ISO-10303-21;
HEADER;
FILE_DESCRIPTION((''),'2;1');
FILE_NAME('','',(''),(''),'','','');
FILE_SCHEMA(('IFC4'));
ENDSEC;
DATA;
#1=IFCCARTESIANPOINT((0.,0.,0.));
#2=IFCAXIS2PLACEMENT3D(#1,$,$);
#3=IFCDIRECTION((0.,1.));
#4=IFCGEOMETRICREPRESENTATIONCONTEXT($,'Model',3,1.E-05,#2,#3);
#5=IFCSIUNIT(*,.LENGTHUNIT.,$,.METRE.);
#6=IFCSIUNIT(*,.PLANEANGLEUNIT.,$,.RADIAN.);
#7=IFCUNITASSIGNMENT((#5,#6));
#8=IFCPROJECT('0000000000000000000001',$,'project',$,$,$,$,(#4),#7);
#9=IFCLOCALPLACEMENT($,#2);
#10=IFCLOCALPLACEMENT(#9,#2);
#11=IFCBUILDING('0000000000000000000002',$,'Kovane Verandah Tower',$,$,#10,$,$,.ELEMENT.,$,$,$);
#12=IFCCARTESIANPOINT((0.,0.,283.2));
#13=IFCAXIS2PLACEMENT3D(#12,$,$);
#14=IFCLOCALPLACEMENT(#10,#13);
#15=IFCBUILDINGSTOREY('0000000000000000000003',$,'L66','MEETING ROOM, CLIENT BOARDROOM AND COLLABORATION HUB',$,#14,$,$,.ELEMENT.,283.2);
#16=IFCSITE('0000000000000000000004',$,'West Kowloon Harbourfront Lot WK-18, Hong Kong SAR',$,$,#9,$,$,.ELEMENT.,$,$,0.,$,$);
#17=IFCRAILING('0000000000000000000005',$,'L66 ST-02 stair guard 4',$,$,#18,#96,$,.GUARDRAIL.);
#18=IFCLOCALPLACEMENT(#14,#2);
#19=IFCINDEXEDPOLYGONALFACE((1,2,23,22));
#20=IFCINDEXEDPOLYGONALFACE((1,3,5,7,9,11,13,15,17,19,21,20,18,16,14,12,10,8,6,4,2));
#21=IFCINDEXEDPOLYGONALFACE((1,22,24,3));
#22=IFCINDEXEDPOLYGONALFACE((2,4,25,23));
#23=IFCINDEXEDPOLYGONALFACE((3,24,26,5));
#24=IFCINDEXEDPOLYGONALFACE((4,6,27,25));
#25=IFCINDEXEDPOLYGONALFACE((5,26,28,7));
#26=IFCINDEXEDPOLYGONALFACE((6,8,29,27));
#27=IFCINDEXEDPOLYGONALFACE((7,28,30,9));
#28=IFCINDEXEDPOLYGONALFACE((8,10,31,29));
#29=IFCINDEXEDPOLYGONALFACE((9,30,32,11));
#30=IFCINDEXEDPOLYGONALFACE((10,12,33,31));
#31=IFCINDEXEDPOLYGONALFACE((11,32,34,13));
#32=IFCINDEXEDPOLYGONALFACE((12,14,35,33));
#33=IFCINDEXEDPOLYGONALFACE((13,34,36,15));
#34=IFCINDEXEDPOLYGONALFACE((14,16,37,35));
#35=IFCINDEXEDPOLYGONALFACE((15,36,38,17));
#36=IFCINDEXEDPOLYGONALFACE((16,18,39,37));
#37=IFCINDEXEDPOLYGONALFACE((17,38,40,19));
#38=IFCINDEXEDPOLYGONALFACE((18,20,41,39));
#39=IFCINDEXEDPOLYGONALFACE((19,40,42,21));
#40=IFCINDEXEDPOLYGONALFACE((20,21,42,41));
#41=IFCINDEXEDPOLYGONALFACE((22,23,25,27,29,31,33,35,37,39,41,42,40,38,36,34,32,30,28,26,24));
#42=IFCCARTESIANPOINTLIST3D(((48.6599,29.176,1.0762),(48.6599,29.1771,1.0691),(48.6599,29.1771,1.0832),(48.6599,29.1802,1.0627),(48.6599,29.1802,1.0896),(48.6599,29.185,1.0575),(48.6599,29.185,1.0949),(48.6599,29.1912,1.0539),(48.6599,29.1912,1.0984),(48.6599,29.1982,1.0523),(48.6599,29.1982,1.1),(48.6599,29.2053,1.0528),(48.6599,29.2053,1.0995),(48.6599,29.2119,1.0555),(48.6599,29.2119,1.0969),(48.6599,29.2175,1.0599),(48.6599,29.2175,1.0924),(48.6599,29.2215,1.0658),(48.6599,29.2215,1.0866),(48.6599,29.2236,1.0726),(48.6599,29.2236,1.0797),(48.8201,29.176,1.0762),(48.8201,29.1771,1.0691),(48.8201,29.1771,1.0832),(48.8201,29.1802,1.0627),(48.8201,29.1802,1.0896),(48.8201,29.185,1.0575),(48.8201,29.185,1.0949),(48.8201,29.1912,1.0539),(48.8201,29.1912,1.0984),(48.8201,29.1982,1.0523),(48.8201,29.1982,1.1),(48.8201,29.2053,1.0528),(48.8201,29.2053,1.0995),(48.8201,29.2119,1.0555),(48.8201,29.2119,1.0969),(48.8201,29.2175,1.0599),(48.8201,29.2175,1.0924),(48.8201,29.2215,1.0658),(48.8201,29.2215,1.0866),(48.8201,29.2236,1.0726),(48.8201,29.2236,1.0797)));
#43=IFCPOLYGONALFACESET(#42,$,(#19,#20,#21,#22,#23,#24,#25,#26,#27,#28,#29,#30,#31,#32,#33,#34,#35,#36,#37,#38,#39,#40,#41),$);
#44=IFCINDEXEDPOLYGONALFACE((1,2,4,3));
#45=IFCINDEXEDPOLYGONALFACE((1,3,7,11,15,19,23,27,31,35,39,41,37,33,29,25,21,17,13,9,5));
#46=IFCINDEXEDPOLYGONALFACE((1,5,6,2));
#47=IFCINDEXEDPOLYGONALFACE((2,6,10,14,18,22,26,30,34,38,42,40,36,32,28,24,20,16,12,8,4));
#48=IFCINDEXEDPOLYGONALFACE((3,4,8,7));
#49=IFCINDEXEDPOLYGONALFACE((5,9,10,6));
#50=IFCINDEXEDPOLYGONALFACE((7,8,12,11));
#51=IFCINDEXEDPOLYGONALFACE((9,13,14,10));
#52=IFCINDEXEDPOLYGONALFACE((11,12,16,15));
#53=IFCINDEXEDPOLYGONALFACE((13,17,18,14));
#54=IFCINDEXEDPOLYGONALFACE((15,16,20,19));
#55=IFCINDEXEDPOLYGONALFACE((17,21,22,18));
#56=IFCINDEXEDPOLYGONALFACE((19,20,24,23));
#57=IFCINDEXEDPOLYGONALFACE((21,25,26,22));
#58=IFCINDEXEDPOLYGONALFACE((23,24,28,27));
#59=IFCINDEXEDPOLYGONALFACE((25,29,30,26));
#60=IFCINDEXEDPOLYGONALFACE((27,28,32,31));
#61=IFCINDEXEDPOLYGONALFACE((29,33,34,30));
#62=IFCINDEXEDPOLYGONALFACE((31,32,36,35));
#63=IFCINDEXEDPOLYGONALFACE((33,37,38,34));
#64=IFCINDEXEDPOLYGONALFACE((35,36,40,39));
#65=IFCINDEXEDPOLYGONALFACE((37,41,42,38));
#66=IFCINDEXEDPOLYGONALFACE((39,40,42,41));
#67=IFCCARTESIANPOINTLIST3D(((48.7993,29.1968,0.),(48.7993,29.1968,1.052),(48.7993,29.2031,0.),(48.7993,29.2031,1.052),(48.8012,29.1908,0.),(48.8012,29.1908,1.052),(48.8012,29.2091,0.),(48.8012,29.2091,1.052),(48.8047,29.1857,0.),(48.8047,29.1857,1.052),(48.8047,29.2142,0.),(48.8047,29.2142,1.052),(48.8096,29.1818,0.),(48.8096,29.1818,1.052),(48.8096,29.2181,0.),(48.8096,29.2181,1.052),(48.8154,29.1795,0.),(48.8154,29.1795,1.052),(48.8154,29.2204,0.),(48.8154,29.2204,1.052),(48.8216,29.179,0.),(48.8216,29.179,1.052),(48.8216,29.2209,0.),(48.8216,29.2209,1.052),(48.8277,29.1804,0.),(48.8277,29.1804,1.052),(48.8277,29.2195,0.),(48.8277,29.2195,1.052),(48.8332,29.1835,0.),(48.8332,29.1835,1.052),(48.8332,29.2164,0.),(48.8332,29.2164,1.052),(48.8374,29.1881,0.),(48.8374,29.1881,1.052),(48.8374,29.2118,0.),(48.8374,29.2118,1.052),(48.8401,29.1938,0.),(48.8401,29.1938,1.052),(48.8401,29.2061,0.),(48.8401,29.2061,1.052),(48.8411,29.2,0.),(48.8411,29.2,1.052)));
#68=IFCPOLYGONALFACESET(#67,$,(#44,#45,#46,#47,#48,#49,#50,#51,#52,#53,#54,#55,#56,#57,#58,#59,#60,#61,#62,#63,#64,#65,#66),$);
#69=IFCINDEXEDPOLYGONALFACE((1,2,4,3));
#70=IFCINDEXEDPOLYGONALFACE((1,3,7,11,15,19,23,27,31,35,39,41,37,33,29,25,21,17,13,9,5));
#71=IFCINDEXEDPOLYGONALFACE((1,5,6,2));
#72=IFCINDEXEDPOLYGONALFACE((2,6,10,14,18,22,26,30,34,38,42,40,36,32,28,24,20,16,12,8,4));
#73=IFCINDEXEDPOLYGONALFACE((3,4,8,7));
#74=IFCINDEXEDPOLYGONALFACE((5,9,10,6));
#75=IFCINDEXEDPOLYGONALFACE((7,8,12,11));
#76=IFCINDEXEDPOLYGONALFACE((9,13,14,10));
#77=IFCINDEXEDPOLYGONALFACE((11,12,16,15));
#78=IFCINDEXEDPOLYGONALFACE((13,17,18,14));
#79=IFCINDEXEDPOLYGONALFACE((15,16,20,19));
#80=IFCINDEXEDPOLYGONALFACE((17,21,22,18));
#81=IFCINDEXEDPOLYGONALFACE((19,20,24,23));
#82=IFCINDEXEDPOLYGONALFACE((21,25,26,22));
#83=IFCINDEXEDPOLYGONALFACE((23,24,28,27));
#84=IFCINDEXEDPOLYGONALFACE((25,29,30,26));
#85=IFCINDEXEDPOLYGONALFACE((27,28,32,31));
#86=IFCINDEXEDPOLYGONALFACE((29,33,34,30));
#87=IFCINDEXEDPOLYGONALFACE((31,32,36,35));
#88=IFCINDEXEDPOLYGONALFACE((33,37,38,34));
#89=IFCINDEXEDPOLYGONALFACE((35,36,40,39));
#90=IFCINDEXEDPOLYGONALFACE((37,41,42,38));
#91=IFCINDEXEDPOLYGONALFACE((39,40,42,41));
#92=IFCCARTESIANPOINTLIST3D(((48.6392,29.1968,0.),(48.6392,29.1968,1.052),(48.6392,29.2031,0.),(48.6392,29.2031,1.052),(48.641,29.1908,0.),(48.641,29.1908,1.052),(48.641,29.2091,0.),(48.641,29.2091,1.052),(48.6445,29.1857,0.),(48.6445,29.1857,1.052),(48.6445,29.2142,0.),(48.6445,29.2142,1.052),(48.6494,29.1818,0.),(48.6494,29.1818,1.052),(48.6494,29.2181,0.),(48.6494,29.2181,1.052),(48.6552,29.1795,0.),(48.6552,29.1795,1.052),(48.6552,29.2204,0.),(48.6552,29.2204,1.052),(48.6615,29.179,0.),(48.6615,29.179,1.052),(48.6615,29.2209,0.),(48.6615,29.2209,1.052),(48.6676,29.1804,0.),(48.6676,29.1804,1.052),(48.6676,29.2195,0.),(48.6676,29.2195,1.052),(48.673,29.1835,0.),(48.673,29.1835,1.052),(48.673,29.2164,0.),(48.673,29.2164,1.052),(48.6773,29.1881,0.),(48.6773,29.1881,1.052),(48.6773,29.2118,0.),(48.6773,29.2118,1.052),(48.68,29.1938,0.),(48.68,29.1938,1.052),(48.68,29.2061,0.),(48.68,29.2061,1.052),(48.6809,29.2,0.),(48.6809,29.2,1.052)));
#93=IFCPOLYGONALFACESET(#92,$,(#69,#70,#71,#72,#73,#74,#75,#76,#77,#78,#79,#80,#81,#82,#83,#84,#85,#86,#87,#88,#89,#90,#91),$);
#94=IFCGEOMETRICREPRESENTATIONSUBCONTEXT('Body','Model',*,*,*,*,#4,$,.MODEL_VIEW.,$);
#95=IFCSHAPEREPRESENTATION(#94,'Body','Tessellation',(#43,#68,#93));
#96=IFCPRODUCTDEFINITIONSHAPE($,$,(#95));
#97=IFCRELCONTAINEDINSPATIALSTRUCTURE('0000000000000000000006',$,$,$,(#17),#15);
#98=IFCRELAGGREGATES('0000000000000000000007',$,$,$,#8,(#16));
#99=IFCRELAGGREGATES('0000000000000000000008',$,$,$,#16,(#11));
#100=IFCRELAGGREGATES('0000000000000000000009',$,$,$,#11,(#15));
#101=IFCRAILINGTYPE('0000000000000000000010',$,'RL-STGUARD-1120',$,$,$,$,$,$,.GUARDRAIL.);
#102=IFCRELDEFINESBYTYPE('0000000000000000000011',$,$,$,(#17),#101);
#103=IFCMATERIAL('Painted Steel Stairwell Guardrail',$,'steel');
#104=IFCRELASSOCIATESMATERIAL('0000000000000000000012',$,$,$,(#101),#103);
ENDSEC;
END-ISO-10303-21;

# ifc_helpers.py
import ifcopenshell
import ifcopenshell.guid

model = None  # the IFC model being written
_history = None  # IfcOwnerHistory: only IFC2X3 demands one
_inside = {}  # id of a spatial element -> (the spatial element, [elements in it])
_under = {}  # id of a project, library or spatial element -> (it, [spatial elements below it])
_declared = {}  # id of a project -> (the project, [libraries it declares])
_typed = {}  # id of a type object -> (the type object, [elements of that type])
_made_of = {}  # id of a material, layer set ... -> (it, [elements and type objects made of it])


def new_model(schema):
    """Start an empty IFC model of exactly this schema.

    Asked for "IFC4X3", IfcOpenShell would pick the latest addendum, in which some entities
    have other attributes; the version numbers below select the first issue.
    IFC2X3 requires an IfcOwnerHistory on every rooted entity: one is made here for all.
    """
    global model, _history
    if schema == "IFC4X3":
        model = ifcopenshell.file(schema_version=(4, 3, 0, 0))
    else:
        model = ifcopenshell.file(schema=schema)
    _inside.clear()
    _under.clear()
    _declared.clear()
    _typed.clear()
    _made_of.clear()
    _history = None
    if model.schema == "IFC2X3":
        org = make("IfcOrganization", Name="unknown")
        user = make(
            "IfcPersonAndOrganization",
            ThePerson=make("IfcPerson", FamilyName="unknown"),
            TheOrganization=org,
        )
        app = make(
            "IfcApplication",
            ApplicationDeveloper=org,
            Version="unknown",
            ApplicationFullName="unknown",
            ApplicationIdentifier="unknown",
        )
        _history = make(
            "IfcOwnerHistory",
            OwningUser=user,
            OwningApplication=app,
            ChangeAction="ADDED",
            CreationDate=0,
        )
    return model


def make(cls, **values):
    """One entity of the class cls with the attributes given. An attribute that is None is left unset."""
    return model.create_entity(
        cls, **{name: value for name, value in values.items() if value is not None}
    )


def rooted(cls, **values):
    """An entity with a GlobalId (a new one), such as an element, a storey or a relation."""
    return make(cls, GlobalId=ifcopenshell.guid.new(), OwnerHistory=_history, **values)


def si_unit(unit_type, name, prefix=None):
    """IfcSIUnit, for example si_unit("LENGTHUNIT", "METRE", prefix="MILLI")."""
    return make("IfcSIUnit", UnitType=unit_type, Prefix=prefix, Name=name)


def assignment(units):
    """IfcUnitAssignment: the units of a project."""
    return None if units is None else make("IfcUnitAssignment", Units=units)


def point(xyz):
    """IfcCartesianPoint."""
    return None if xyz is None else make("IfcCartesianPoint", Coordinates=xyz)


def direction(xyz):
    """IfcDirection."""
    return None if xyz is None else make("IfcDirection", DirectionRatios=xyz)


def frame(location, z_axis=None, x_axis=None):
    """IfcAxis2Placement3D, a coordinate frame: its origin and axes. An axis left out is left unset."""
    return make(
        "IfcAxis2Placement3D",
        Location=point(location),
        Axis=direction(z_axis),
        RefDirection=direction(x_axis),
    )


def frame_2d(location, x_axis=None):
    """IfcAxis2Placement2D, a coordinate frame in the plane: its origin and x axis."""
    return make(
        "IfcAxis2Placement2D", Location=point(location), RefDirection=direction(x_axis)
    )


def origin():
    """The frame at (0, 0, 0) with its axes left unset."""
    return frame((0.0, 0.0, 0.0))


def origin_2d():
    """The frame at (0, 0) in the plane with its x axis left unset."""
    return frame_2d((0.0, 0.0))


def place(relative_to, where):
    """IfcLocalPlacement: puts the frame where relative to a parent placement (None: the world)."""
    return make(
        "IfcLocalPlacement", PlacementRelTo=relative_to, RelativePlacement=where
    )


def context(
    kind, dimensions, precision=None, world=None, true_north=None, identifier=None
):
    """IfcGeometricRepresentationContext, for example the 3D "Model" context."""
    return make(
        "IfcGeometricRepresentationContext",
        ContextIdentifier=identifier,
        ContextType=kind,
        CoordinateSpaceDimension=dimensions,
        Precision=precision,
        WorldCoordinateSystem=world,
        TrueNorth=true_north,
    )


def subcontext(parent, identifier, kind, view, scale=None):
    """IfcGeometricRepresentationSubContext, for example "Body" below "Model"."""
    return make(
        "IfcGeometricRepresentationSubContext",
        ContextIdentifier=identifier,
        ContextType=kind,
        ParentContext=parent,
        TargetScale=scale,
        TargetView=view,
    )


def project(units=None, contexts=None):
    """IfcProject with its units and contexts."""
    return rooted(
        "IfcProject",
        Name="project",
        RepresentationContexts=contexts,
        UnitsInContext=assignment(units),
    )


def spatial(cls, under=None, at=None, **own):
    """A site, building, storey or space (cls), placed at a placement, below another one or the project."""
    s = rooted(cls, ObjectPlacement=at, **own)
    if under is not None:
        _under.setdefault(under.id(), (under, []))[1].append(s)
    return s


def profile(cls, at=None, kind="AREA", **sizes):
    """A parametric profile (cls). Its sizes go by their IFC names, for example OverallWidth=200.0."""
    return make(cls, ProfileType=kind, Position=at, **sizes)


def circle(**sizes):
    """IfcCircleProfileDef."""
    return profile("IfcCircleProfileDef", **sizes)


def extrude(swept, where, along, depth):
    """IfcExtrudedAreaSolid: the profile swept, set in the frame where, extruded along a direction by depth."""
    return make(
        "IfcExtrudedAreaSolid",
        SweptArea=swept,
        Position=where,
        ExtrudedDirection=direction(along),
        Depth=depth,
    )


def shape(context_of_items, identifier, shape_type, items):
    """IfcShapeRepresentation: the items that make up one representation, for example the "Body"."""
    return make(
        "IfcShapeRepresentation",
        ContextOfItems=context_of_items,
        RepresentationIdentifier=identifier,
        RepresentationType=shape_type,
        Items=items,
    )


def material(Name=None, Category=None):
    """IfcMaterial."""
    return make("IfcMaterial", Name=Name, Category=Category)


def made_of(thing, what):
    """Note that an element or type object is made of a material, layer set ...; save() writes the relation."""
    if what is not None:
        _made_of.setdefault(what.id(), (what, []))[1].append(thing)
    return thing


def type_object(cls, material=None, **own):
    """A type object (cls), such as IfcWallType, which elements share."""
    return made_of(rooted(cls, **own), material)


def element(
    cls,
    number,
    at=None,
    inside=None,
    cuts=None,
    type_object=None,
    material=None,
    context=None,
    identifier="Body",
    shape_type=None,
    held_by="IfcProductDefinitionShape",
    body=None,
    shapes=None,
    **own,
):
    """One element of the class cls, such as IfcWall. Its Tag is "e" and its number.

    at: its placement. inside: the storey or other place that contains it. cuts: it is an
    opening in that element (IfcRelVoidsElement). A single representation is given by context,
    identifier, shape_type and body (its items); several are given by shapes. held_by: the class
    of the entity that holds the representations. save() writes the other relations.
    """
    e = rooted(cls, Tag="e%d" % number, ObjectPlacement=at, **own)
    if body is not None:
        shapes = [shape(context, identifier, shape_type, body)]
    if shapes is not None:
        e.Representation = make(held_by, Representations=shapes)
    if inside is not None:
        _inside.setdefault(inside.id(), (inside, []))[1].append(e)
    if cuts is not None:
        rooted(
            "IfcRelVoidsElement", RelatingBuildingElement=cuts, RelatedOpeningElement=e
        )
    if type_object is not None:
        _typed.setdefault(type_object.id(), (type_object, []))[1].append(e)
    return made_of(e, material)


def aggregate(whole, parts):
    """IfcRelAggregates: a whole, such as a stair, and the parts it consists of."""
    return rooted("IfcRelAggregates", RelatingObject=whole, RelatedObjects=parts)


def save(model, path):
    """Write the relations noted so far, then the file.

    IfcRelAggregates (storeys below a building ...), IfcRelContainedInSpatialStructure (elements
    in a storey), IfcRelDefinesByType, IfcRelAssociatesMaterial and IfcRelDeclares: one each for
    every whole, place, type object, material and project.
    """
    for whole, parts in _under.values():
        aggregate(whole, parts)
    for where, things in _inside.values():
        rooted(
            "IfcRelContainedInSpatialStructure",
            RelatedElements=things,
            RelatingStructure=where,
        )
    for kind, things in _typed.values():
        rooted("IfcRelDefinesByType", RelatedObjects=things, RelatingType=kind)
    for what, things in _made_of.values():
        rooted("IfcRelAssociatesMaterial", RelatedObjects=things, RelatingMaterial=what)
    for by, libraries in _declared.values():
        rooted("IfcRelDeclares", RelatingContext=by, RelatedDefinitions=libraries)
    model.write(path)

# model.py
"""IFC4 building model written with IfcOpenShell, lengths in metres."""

from ifc_helpers import new_model, si_unit, direction, frame, origin, origin_2d, place, context, subcontext, project, spatial, circle, extrude, material, type_object, element, save


model = new_model("IFC4")

# Units and contexts
model_context = context("Model", 3, precision=1e-05, world=origin(), true_north=direction((0.0, 1.0)))
body_context = subcontext(model_context, "Body", "Model", "MODEL_VIEW")
ifc_project = project(units=[si_unit("LENGTHUNIT", "METRE"), si_unit("PLANEANGLEUNIT", "RADIAN")], contexts=[model_context])

# Site, building, storey
site_placement = place(None, origin())
site = spatial("IfcSite", under=ifc_project, at=site_placement, Name="West Kowloon Harbourfront Lot WK-18, Hong Kong SAR", CompositionType="ELEMENT", RefElevation=0.0)
building_placement = place(site_placement, origin())
building = spatial("IfcBuilding", under=site, at=building_placement, Name="Kovane Verandah Tower", CompositionType="ELEMENT")
storey_placement = place(building_placement, frame((0.0, 0.0, 283.2)))
storey = spatial("IfcBuildingStorey", under=building, at=storey_placement, Name="L66", Description="MEETING ROOM, CLIENT BOARDROOM AND COLLABORATION HUB", CompositionType="ELEMENT", Elevation=283.2)

# Railing
ifc_material_1 = material(Name="Painted Steel Stairwell Guardrail", Category="steel")
railing_type_1 = type_object("IfcRailingType", Name="RL-STGUARD-1120", PredefinedType="GUARDRAIL", material=ifc_material_1)
railing_1_placement = place(storey_placement, frame((48.8201, 29.2, 0.0)))
element("IfcRailing", 1, at=railing_1_placement, inside=storey, type_object=railing_type_1, Name="L66 ST-02 stair guard 4", PredefinedType="GUARDRAIL", context=body_context, shape_type="SweptSolid", body=[
    extrude(circle(Radius=0.0239, at=origin_2d()), frame((0.0, 0.0, 1.0762), z_axis=(-1.0, 0.0, 0.0), x_axis=(0.0, -1.0, 0.0)), (0.0, 0.0, 1.0), 0.1602),
    extrude(circle(Radius=0.021, at=origin_2d()), origin(), (0.0, 0.0, 1.0), 1.052),
    extrude(circle(Radius=0.021, at=origin_2d()), frame((-0.1602, 0.0, 0.0)), (0.0, 0.0, 1.0), 1.052),
])

save(model, "model.ifc")
